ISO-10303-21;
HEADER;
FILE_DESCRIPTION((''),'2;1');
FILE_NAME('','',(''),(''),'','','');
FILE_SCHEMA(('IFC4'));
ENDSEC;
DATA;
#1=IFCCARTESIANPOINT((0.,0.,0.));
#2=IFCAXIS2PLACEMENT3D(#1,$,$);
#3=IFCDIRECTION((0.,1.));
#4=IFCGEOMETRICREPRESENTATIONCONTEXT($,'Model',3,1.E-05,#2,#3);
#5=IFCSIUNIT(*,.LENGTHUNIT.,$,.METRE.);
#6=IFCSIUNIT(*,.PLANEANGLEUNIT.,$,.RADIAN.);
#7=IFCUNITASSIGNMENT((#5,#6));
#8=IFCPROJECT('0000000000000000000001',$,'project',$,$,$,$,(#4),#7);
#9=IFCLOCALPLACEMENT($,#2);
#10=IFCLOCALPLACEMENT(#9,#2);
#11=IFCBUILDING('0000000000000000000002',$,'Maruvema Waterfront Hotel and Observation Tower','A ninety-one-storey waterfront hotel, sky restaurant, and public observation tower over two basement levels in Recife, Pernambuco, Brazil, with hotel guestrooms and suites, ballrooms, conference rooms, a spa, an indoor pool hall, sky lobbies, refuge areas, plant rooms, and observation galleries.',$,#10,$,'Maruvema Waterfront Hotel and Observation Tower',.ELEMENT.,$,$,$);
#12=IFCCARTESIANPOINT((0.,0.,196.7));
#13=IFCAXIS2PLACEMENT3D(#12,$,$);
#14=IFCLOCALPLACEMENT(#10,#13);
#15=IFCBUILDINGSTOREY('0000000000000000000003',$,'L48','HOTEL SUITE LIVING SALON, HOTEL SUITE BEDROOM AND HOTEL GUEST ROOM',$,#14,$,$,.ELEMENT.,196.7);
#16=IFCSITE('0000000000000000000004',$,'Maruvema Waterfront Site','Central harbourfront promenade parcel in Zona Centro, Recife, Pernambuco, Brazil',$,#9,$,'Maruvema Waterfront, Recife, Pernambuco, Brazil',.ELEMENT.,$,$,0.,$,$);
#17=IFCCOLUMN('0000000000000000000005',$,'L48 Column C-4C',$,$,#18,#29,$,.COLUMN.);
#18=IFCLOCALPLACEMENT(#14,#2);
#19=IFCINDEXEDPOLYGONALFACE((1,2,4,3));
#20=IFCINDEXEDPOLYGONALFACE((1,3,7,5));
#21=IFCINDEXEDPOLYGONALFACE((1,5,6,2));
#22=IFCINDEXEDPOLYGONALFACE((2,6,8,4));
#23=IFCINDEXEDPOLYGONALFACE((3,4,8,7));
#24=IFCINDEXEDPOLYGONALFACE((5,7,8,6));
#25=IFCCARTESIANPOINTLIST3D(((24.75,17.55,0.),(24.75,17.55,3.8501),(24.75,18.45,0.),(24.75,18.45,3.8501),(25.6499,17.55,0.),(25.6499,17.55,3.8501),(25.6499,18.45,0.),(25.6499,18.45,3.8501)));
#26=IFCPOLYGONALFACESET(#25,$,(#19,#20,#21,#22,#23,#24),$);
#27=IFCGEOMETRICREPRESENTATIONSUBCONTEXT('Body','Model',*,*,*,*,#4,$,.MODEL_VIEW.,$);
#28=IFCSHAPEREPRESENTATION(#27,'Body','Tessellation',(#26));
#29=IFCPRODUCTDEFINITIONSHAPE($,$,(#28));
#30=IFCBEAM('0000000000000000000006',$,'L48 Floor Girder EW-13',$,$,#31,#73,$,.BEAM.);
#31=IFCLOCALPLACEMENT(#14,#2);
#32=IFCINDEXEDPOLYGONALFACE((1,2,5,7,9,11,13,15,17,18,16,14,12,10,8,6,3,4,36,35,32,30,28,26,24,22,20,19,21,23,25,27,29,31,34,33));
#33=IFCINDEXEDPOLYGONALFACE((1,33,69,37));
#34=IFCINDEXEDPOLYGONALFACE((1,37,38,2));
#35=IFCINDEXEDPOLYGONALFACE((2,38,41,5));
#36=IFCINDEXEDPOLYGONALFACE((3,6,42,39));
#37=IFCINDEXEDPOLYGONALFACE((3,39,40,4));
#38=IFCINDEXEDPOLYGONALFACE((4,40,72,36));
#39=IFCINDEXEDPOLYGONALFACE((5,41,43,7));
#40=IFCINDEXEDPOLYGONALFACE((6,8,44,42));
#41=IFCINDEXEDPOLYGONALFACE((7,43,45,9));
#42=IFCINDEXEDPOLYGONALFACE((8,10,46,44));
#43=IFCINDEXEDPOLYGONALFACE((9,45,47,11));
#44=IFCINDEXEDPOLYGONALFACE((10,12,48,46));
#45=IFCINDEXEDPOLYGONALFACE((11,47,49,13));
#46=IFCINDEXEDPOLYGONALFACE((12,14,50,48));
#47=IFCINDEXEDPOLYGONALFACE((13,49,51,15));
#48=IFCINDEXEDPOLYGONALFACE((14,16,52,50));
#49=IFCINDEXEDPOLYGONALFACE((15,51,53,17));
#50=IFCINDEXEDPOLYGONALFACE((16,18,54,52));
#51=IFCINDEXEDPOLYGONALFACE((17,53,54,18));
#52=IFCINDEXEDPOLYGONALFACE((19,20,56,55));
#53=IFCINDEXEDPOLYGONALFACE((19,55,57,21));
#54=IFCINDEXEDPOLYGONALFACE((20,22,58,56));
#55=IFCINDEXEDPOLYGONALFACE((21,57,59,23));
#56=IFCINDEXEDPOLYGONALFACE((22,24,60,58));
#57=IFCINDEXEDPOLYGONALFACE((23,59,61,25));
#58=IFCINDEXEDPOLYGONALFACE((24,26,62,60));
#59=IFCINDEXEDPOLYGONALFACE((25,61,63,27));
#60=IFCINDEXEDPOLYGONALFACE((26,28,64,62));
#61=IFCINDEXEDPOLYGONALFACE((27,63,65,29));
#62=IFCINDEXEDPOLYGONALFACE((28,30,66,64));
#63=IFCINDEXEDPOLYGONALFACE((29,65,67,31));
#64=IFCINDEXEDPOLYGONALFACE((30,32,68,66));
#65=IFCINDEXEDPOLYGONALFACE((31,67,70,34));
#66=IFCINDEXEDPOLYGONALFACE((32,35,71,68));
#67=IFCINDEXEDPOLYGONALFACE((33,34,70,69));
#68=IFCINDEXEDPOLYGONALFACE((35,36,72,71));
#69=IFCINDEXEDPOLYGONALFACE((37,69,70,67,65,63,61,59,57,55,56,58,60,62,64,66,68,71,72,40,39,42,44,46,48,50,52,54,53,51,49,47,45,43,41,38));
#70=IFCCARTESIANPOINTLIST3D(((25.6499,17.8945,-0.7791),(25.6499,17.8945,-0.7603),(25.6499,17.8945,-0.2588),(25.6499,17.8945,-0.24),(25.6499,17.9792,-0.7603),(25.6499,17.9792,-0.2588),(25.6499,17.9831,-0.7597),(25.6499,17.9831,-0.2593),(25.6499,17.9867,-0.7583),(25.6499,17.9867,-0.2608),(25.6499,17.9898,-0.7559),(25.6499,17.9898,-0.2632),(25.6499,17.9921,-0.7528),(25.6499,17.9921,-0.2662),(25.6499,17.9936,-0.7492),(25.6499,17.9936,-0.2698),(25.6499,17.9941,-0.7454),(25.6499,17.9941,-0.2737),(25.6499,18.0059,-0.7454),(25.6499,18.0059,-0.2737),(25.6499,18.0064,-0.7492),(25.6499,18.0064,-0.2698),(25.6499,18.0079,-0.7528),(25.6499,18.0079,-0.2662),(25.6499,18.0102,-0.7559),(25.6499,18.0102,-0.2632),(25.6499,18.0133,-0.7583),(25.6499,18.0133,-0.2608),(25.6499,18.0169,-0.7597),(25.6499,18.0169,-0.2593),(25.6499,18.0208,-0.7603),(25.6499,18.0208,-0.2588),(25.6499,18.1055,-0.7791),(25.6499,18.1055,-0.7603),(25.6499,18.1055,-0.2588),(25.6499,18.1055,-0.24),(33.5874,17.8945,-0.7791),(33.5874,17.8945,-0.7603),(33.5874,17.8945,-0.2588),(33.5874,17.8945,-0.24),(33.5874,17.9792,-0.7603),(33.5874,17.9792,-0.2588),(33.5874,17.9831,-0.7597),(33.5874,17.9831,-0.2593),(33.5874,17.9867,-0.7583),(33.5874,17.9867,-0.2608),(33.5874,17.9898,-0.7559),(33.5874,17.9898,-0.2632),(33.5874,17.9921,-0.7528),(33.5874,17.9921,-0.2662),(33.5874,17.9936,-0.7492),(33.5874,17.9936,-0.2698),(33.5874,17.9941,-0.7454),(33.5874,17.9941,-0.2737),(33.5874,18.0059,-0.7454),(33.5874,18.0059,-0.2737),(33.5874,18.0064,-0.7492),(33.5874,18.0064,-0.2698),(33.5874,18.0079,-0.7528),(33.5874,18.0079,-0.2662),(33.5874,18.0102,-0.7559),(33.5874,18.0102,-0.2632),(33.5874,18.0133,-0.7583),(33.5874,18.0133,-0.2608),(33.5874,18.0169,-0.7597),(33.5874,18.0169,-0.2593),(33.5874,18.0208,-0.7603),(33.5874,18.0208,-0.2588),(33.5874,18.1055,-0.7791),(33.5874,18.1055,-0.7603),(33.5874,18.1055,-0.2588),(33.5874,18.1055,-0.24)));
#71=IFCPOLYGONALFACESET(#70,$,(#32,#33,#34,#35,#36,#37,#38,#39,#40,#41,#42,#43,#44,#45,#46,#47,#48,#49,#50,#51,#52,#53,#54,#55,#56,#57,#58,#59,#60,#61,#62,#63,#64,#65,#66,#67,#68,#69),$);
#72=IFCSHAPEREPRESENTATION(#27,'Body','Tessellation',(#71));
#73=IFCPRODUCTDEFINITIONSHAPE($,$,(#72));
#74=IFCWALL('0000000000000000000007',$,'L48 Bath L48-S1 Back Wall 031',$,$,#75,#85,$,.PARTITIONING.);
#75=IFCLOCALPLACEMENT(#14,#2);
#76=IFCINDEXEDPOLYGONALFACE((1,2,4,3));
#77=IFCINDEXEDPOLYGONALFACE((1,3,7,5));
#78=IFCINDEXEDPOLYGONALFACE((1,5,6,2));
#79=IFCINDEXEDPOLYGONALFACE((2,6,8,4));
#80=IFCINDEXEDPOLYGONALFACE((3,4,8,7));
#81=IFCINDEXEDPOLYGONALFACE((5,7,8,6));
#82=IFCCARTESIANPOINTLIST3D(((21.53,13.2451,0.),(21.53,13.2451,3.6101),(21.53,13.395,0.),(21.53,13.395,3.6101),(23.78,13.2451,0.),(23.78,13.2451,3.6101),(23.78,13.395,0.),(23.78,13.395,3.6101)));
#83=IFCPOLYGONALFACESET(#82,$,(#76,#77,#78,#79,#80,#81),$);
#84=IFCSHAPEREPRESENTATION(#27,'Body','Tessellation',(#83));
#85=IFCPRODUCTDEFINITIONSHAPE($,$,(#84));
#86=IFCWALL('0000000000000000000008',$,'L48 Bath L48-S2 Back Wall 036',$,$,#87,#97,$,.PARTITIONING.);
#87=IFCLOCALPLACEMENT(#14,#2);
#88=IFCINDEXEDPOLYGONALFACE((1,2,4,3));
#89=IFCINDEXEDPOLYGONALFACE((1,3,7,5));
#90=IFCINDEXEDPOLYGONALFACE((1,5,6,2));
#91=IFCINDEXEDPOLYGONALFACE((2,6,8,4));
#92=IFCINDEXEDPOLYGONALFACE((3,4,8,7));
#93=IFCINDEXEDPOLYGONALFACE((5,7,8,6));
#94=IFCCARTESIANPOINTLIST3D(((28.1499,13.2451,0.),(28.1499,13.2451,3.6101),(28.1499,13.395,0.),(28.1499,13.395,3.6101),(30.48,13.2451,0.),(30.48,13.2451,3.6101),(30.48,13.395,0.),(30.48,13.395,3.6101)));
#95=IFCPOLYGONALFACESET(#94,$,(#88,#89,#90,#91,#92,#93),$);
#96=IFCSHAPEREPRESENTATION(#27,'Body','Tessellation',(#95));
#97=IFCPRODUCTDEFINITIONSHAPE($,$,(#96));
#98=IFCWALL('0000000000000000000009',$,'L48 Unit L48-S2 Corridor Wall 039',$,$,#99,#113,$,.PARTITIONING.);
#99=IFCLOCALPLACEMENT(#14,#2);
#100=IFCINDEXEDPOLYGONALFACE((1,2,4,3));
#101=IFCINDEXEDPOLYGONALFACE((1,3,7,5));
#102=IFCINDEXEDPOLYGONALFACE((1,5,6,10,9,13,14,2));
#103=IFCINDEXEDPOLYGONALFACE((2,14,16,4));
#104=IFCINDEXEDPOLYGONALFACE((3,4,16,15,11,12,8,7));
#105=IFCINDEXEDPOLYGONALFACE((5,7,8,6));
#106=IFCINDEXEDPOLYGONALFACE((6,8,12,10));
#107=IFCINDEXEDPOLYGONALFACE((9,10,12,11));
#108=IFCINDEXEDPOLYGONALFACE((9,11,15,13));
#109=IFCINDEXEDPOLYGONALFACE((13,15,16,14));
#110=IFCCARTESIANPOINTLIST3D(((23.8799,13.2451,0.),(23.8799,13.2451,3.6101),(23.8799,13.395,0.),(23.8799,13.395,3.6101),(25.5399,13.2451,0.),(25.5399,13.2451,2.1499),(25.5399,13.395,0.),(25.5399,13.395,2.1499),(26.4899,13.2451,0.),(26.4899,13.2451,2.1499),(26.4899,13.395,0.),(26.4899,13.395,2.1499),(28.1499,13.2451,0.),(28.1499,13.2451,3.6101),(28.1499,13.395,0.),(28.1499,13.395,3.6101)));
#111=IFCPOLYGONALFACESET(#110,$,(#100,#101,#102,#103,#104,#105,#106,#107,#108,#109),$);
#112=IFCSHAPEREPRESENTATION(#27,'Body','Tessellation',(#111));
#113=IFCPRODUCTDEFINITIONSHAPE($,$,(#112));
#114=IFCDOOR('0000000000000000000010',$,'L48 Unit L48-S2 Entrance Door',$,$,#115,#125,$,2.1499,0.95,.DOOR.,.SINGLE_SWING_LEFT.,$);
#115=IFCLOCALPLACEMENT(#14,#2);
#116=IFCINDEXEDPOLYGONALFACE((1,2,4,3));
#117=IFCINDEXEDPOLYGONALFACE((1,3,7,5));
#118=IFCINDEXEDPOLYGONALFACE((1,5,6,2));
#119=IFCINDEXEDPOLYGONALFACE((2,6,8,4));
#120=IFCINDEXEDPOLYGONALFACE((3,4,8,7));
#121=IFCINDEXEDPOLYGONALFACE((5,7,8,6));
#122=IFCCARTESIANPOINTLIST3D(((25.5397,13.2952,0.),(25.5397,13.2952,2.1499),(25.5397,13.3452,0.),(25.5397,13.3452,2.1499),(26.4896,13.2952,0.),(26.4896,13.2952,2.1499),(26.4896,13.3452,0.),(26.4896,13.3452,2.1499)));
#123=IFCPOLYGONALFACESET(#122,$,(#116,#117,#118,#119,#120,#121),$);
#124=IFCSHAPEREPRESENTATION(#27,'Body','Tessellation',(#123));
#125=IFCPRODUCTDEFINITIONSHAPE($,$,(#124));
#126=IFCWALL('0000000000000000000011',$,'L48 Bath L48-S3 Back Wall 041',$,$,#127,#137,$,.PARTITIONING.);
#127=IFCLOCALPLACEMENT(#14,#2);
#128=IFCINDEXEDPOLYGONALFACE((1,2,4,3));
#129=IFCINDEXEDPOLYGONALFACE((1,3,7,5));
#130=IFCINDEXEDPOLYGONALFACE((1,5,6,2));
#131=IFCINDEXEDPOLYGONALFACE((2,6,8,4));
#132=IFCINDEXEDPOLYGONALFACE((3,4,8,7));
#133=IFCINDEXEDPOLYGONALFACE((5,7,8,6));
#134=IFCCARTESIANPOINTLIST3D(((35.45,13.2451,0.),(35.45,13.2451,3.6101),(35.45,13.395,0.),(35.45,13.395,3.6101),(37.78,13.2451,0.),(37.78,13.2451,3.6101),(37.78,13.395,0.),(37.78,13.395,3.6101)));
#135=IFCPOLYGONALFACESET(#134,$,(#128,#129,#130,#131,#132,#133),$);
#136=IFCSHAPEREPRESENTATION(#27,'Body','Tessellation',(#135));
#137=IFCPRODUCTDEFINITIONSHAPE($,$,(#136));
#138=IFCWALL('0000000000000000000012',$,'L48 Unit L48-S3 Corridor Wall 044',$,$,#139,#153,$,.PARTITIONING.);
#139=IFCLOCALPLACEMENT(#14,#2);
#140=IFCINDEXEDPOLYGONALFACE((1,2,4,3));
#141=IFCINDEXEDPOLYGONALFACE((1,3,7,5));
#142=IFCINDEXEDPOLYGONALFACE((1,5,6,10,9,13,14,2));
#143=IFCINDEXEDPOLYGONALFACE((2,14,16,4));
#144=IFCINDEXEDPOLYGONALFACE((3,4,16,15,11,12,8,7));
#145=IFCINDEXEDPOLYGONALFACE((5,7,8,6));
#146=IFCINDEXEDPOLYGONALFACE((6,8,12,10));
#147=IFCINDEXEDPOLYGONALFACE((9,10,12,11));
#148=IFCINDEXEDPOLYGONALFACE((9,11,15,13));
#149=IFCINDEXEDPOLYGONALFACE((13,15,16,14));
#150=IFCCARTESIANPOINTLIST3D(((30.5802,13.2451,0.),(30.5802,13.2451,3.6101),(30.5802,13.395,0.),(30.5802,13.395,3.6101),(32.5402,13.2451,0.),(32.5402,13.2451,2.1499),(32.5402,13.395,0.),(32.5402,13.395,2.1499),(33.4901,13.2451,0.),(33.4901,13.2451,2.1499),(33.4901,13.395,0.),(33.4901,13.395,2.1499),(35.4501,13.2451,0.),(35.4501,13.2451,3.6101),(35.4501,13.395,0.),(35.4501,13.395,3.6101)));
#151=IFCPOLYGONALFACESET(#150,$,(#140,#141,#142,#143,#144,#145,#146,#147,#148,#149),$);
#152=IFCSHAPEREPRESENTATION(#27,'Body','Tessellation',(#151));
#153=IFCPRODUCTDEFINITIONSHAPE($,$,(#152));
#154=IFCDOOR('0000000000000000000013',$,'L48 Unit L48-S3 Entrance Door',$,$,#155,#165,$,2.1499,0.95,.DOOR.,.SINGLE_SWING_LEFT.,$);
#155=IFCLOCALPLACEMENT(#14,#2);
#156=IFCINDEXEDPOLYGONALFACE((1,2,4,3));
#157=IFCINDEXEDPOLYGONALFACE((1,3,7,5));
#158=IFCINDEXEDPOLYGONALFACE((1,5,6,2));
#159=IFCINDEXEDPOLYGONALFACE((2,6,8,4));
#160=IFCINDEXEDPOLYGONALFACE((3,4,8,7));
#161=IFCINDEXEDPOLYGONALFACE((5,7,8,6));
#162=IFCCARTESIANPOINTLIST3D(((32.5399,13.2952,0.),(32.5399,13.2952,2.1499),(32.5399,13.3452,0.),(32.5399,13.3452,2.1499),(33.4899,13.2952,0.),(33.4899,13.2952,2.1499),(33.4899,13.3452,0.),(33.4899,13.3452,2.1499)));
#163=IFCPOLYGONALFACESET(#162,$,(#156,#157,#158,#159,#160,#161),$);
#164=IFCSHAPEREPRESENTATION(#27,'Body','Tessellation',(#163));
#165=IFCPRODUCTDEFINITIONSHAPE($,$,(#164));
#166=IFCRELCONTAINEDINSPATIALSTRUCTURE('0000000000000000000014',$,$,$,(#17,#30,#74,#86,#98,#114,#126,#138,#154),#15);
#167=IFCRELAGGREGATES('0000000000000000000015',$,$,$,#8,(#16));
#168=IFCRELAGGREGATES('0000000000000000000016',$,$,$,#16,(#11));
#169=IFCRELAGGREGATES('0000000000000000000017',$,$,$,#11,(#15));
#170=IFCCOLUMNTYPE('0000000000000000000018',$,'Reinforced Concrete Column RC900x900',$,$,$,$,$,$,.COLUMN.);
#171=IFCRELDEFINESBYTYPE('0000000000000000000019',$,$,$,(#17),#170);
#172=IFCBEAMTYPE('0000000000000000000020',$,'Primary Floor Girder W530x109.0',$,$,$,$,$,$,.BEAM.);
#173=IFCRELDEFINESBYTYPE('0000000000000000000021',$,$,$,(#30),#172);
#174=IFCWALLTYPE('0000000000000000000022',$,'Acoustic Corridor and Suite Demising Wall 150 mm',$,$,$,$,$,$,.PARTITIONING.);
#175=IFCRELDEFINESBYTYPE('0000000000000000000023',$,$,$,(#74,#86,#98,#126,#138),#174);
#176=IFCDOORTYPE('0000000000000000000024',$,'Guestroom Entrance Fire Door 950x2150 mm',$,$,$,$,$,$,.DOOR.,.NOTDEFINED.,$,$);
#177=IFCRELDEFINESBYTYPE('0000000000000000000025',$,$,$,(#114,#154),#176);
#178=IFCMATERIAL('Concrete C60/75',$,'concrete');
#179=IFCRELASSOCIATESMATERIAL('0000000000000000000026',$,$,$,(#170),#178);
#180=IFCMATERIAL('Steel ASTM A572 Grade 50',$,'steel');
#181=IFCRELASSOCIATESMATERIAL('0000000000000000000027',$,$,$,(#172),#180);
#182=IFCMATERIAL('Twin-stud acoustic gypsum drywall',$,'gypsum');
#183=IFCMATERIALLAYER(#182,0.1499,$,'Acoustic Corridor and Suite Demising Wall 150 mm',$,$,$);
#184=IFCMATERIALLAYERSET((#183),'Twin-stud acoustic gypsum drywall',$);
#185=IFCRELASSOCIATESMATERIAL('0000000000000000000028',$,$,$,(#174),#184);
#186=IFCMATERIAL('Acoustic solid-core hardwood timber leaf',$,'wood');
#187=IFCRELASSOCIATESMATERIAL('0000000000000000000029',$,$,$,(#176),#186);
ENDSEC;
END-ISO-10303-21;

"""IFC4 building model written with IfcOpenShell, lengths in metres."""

from ifc_helpers import new_model, si_unit, direction, frame, frame_2d, origin, origin_2d, place, context, subcontext, project, spatial, rectangle, i_section, extrude, material, layer, layer_set, material_profile, profile_set, type_object, element, fill, save


model = new_model("IFC4")

# Units and contexts
model_context = context("Model", 3, precision=1e-05, world=origin(), true_north=direction((0.0, 1.0)))
body_context = subcontext(model_context, "Body", "Model", "MODEL_VIEW")
ifc_project = project(units=[si_unit("LENGTHUNIT", "METRE"), si_unit("PLANEANGLEUNIT", "RADIAN")], contexts=[model_context])

# Site, building, storey
site_placement = place(None, origin())
site = spatial("IfcSite", under=ifc_project, at=site_placement, Name="Maruvema Waterfront Site", Description="Central harbourfront promenade parcel in Zona Centro, Recife, Pernambuco, Brazil", LongName="Maruvema Waterfront, Recife, Pernambuco, Brazil", CompositionType="ELEMENT", RefElevation=0.0)
building_placement = place(site_placement, origin())
building = spatial("IfcBuilding", under=site, at=building_placement, Name="Maruvema Waterfront Hotel and Observation Tower", Description="A ninety-one-storey waterfront hotel, sky restaurant, and public observation tower over two basement levels in Recife, Pernambuco, Brazil, with hotel guestrooms and suites, ballrooms, conference rooms, a spa, an indoor pool hall, sky lobbies, refuge areas, plant rooms, and observation galleries.", LongName="Maruvema Waterfront Hotel and Observation Tower", CompositionType="ELEMENT")
storey_placement = place(building_placement, frame((0.0, 0.0, 196.7)))
storey = spatial("IfcBuildingStorey", under=building, at=storey_placement, Name="L48", Description="HOTEL SUITE LIVING SALON, HOTEL SUITE BEDROOM AND HOTEL GUEST ROOM", CompositionType="ELEMENT", Elevation=196.7)

# Column
ifc_material_1 = material(Name="Concrete C60/75", Category="concrete")
ifc_material_profile_1 = material_profile(ifc_material_1, rectangle(XDim=0.8999, YDim=0.8999, at=origin_2d()), Name="RC900x900")
ifc_profile_set_1 = profile_set([ifc_material_profile_1], Name="Concrete C60/75")
column_type = type_object("IfcColumnType", Name="Reinforced Concrete Column RC900x900", PredefinedType="COLUMN", material=ifc_profile_set_1)
column_placement = place(storey_placement, frame((25.2, 18.0, 0.0), z_axis=(0.0, 0.0, 1.0), x_axis=(1.0, 0.0, 0.0)))
element("IfcColumn", 1, at=column_placement, inside=storey, type_object=column_type, Name="L48 Column C-4C", PredefinedType="COLUMN", context=body_context, shape_type="SweptSolid", body=[
    extrude(rectangle(XDim=0.8999, YDim=0.8999, at=origin_2d()), origin(), (0.0, 0.0, 1.0), 3.8501),
])

# Beam
ifc_material_2 = material(Name="Steel ASTM A572 Grade 50", Category="steel")
ifc_material_profile_2 = material_profile(ifc_material_2, i_section(OverallWidth=0.2109, OverallDepth=0.5391, WebThickness=0.0117, FlangeThickness=0.0188, FilletRadius=0.0149, at=origin_2d()), Name="W530x109.0")
ifc_profile_set_2 = profile_set([ifc_material_profile_2], Name="Steel ASTM A572 Grade 50")
beam_type = type_object("IfcBeamType", Name="Primary Floor Girder W530x109.0", PredefinedType="BEAM", material=ifc_profile_set_2)
beam_placement = place(storey_placement, frame((25.6499, 18.0, -0.5095), z_axis=(1.0, 0.0, 0.0), x_axis=(0.0, 1.0, 0.0)))
element("IfcBeam", 2, at=beam_placement, inside=storey, type_object=beam_type, Name="L48 Floor Girder EW-13", PredefinedType="BEAM", context=body_context, shape_type="SweptSolid", body=[
    extrude(i_section(OverallWidth=0.2109, OverallDepth=0.5391, WebThickness=0.0117, FlangeThickness=0.0188, FilletRadius=0.0149, at=origin_2d()), origin(), (0.0, 0.0, 1.0), 7.9375),
])

# Walls
ifc_material_3 = material(Name="Twin-stud acoustic gypsum drywall", Category="gypsum")
ifc_layer_1 = layer(ifc_material_3, 0.1499, Name="Acoustic Corridor and Suite Demising Wall 150 mm")
ifc_layer_set_1 = layer_set([ifc_layer_1], Name="Twin-stud acoustic gypsum drywall")
wall_type_1 = type_object("IfcWallType", Name="Acoustic Corridor and Suite Demising Wall 150 mm", PredefinedType="PARTITIONING", material=ifc_layer_set_1)
wall_1_placement = place(storey_placement, frame((21.53, 13.3201, 0.0), z_axis=(0.0, 0.0, 1.0), x_axis=(1.0, 0.0, 0.0)))
element("IfcWall", 3, at=wall_1_placement, inside=storey, type_object=wall_type_1, Name="L48 Bath L48-S1 Back Wall 031", PredefinedType="PARTITIONING", context=body_context, shape_type="SweptSolid", body=[
    extrude(rectangle(XDim=2.25, YDim=0.1499, at=frame_2d((1.125, 0.0))), origin(), (0.0, 0.0, 1.0), 3.6101),
])
wall_2_placement = place(storey_placement, frame((28.1499, 13.3201, 0.0), z_axis=(0.0, 0.0, 1.0), x_axis=(1.0, 0.0, 0.0)))
element("IfcWall", 4, at=wall_2_placement, inside=storey, type_object=wall_type_1, Name="L48 Bath L48-S2 Back Wall 036", PredefinedType="PARTITIONING", context=body_context, shape_type="SweptSolid", body=[
    extrude(rectangle(XDim=2.3301, YDim=0.1499, at=frame_2d((1.165, 0.0))), origin(), (0.0, 0.0, 1.0), 3.6101),
])

# Wall, opening, door
wall_3_placement = place(storey_placement, frame((23.8799, 13.3201, 0.0), z_axis=(0.0, 0.0, 1.0), x_axis=(1.0, 0.0, 0.0)))
wall_3 = element("IfcWall", 5, at=wall_3_placement, inside=storey, type_object=wall_type_1, Name="L48 Unit L48-S2 Corridor Wall 039", PredefinedType="PARTITIONING", context=body_context, shape_type="SweptSolid", body=[
    extrude(rectangle(XDim=4.27, YDim=0.1499, at=frame_2d((2.135, 0.0))), origin(), (0.0, 0.0, 1.0), 3.6101),
])
opening_1_placement = place(wall_3_placement, frame((1.6599, 0.0, 0.0)))
opening_1 = element("IfcOpeningElement", 6, at=opening_1_placement, cuts=wall_3, PredefinedType="OPENING", context=body_context, shape_type="SweptSolid", body=[
    extrude(rectangle(XDim=0.95, YDim=2.1499, at=frame_2d((0.4751, 1.075))), frame((0.0, 0.085, 0.0), z_axis=(0.0, -1.0, 0.0), x_axis=(1.0, 0.0, 0.0)), (0.0, 0.0, 1.0), 0.1699),
])
ifc_material_4 = material(Name="Acoustic solid-core hardwood timber leaf", Category="wood")
door_type_1 = type_object("IfcDoorType", Name="Guestroom Entrance Fire Door 950x2150 mm", OperationType="NOTDEFINED", PredefinedType="DOOR", material=ifc_material_4)
door_1_placement = place(opening_1_placement, frame((0.95, 0.0, 0.0), z_axis=(0.0, 0.0, 1.0), x_axis=(-1.0, 0.0, 0.0)))
door_1 = element("IfcDoor", 7, at=door_1_placement, inside=storey, type_object=door_type_1, Name="L48 Unit L48-S2 Entrance Door", OperationType="SINGLE_SWING_LEFT", OverallHeight=2.1499, OverallWidth=0.95, PredefinedType="DOOR", context=body_context, shape_type="SweptSolid", body=[
    extrude(rectangle(XDim=0.95, YDim=2.1499, at=frame_2d((0.4751, 1.075))), frame((0.0, 0.0249, 0.0), z_axis=(0.0, -1.0, 0.0), x_axis=(1.0, 0.0, 0.0)), (0.0, 0.0, 1.0), 0.05),
])
fill(opening_1, door_1)

# Wall
wall_4_placement = place(storey_placement, frame((35.45, 13.3201, 0.0), z_axis=(0.0, 0.0, 1.0), x_axis=(1.0, 0.0, 0.0)))
element("IfcWall", 8, at=wall_4_placement, inside=storey, type_object=wall_type_1, Name="L48 Bath L48-S3 Back Wall 041", PredefinedType="PARTITIONING", context=body_context, shape_type="SweptSolid", body=[
    extrude(rectangle(XDim=2.3301, YDim=0.1499, at=frame_2d((1.165, 0.0))), origin(), (0.0, 0.0, 1.0), 3.6101),
])

# Wall, opening, door
wall_5_placement = place(storey_placement, frame((30.5801, 13.3201, 0.0), z_axis=(0.0, 0.0, 1.0), x_axis=(1.0, 0.0, 0.0)))
wall_5 = element("IfcWall", 9, at=wall_5_placement, inside=storey, type_object=wall_type_1, Name="L48 Unit L48-S3 Corridor Wall 044", PredefinedType="PARTITIONING", context=body_context, shape_type="SweptSolid", body=[
    extrude(rectangle(XDim=4.8699, YDim=0.1499, at=frame_2d((2.4351, 0.0))), origin(), (0.0, 0.0, 1.0), 3.6101),
])
opening_2_placement = place(wall_5_placement, frame((1.96, 0.0, 0.0)))
opening_2 = element("IfcOpeningElement", 10, at=opening_2_placement, cuts=wall_5, PredefinedType="OPENING", context=body_context, shape_type="SweptSolid", body=[
    extrude(rectangle(XDim=0.95, YDim=2.1499, at=frame_2d((0.4751, 1.075))), frame((0.0, 0.085, 0.0), z_axis=(0.0, -1.0, 0.0), x_axis=(1.0, 0.0, 0.0)), (0.0, 0.0, 1.0), 0.1699),
])
door_2_placement = place(opening_2_placement, frame((0.95, 0.0, 0.0), z_axis=(0.0, 0.0, 1.0), x_axis=(-1.0, 0.0, 0.0)))
door_2 = element("IfcDoor", 11, at=door_2_placement, inside=storey, type_object=door_type_1, Name="L48 Unit L48-S3 Entrance Door", OperationType="SINGLE_SWING_LEFT", OverallHeight=2.1499, OverallWidth=0.95, PredefinedType="DOOR", context=body_context, shape_type="SweptSolid", body=[
    extrude(rectangle(XDim=0.95, YDim=2.1499, at=frame_2d((0.4751, 1.075))), frame((0.0, 0.0249, 0.0), z_axis=(0.0, -1.0, 0.0), x_axis=(1.0, 0.0, 0.0)), (0.0, 0.0, 1.0), 0.05),
])
fill(opening_2, door_2)

save(model, "model.ifc")
